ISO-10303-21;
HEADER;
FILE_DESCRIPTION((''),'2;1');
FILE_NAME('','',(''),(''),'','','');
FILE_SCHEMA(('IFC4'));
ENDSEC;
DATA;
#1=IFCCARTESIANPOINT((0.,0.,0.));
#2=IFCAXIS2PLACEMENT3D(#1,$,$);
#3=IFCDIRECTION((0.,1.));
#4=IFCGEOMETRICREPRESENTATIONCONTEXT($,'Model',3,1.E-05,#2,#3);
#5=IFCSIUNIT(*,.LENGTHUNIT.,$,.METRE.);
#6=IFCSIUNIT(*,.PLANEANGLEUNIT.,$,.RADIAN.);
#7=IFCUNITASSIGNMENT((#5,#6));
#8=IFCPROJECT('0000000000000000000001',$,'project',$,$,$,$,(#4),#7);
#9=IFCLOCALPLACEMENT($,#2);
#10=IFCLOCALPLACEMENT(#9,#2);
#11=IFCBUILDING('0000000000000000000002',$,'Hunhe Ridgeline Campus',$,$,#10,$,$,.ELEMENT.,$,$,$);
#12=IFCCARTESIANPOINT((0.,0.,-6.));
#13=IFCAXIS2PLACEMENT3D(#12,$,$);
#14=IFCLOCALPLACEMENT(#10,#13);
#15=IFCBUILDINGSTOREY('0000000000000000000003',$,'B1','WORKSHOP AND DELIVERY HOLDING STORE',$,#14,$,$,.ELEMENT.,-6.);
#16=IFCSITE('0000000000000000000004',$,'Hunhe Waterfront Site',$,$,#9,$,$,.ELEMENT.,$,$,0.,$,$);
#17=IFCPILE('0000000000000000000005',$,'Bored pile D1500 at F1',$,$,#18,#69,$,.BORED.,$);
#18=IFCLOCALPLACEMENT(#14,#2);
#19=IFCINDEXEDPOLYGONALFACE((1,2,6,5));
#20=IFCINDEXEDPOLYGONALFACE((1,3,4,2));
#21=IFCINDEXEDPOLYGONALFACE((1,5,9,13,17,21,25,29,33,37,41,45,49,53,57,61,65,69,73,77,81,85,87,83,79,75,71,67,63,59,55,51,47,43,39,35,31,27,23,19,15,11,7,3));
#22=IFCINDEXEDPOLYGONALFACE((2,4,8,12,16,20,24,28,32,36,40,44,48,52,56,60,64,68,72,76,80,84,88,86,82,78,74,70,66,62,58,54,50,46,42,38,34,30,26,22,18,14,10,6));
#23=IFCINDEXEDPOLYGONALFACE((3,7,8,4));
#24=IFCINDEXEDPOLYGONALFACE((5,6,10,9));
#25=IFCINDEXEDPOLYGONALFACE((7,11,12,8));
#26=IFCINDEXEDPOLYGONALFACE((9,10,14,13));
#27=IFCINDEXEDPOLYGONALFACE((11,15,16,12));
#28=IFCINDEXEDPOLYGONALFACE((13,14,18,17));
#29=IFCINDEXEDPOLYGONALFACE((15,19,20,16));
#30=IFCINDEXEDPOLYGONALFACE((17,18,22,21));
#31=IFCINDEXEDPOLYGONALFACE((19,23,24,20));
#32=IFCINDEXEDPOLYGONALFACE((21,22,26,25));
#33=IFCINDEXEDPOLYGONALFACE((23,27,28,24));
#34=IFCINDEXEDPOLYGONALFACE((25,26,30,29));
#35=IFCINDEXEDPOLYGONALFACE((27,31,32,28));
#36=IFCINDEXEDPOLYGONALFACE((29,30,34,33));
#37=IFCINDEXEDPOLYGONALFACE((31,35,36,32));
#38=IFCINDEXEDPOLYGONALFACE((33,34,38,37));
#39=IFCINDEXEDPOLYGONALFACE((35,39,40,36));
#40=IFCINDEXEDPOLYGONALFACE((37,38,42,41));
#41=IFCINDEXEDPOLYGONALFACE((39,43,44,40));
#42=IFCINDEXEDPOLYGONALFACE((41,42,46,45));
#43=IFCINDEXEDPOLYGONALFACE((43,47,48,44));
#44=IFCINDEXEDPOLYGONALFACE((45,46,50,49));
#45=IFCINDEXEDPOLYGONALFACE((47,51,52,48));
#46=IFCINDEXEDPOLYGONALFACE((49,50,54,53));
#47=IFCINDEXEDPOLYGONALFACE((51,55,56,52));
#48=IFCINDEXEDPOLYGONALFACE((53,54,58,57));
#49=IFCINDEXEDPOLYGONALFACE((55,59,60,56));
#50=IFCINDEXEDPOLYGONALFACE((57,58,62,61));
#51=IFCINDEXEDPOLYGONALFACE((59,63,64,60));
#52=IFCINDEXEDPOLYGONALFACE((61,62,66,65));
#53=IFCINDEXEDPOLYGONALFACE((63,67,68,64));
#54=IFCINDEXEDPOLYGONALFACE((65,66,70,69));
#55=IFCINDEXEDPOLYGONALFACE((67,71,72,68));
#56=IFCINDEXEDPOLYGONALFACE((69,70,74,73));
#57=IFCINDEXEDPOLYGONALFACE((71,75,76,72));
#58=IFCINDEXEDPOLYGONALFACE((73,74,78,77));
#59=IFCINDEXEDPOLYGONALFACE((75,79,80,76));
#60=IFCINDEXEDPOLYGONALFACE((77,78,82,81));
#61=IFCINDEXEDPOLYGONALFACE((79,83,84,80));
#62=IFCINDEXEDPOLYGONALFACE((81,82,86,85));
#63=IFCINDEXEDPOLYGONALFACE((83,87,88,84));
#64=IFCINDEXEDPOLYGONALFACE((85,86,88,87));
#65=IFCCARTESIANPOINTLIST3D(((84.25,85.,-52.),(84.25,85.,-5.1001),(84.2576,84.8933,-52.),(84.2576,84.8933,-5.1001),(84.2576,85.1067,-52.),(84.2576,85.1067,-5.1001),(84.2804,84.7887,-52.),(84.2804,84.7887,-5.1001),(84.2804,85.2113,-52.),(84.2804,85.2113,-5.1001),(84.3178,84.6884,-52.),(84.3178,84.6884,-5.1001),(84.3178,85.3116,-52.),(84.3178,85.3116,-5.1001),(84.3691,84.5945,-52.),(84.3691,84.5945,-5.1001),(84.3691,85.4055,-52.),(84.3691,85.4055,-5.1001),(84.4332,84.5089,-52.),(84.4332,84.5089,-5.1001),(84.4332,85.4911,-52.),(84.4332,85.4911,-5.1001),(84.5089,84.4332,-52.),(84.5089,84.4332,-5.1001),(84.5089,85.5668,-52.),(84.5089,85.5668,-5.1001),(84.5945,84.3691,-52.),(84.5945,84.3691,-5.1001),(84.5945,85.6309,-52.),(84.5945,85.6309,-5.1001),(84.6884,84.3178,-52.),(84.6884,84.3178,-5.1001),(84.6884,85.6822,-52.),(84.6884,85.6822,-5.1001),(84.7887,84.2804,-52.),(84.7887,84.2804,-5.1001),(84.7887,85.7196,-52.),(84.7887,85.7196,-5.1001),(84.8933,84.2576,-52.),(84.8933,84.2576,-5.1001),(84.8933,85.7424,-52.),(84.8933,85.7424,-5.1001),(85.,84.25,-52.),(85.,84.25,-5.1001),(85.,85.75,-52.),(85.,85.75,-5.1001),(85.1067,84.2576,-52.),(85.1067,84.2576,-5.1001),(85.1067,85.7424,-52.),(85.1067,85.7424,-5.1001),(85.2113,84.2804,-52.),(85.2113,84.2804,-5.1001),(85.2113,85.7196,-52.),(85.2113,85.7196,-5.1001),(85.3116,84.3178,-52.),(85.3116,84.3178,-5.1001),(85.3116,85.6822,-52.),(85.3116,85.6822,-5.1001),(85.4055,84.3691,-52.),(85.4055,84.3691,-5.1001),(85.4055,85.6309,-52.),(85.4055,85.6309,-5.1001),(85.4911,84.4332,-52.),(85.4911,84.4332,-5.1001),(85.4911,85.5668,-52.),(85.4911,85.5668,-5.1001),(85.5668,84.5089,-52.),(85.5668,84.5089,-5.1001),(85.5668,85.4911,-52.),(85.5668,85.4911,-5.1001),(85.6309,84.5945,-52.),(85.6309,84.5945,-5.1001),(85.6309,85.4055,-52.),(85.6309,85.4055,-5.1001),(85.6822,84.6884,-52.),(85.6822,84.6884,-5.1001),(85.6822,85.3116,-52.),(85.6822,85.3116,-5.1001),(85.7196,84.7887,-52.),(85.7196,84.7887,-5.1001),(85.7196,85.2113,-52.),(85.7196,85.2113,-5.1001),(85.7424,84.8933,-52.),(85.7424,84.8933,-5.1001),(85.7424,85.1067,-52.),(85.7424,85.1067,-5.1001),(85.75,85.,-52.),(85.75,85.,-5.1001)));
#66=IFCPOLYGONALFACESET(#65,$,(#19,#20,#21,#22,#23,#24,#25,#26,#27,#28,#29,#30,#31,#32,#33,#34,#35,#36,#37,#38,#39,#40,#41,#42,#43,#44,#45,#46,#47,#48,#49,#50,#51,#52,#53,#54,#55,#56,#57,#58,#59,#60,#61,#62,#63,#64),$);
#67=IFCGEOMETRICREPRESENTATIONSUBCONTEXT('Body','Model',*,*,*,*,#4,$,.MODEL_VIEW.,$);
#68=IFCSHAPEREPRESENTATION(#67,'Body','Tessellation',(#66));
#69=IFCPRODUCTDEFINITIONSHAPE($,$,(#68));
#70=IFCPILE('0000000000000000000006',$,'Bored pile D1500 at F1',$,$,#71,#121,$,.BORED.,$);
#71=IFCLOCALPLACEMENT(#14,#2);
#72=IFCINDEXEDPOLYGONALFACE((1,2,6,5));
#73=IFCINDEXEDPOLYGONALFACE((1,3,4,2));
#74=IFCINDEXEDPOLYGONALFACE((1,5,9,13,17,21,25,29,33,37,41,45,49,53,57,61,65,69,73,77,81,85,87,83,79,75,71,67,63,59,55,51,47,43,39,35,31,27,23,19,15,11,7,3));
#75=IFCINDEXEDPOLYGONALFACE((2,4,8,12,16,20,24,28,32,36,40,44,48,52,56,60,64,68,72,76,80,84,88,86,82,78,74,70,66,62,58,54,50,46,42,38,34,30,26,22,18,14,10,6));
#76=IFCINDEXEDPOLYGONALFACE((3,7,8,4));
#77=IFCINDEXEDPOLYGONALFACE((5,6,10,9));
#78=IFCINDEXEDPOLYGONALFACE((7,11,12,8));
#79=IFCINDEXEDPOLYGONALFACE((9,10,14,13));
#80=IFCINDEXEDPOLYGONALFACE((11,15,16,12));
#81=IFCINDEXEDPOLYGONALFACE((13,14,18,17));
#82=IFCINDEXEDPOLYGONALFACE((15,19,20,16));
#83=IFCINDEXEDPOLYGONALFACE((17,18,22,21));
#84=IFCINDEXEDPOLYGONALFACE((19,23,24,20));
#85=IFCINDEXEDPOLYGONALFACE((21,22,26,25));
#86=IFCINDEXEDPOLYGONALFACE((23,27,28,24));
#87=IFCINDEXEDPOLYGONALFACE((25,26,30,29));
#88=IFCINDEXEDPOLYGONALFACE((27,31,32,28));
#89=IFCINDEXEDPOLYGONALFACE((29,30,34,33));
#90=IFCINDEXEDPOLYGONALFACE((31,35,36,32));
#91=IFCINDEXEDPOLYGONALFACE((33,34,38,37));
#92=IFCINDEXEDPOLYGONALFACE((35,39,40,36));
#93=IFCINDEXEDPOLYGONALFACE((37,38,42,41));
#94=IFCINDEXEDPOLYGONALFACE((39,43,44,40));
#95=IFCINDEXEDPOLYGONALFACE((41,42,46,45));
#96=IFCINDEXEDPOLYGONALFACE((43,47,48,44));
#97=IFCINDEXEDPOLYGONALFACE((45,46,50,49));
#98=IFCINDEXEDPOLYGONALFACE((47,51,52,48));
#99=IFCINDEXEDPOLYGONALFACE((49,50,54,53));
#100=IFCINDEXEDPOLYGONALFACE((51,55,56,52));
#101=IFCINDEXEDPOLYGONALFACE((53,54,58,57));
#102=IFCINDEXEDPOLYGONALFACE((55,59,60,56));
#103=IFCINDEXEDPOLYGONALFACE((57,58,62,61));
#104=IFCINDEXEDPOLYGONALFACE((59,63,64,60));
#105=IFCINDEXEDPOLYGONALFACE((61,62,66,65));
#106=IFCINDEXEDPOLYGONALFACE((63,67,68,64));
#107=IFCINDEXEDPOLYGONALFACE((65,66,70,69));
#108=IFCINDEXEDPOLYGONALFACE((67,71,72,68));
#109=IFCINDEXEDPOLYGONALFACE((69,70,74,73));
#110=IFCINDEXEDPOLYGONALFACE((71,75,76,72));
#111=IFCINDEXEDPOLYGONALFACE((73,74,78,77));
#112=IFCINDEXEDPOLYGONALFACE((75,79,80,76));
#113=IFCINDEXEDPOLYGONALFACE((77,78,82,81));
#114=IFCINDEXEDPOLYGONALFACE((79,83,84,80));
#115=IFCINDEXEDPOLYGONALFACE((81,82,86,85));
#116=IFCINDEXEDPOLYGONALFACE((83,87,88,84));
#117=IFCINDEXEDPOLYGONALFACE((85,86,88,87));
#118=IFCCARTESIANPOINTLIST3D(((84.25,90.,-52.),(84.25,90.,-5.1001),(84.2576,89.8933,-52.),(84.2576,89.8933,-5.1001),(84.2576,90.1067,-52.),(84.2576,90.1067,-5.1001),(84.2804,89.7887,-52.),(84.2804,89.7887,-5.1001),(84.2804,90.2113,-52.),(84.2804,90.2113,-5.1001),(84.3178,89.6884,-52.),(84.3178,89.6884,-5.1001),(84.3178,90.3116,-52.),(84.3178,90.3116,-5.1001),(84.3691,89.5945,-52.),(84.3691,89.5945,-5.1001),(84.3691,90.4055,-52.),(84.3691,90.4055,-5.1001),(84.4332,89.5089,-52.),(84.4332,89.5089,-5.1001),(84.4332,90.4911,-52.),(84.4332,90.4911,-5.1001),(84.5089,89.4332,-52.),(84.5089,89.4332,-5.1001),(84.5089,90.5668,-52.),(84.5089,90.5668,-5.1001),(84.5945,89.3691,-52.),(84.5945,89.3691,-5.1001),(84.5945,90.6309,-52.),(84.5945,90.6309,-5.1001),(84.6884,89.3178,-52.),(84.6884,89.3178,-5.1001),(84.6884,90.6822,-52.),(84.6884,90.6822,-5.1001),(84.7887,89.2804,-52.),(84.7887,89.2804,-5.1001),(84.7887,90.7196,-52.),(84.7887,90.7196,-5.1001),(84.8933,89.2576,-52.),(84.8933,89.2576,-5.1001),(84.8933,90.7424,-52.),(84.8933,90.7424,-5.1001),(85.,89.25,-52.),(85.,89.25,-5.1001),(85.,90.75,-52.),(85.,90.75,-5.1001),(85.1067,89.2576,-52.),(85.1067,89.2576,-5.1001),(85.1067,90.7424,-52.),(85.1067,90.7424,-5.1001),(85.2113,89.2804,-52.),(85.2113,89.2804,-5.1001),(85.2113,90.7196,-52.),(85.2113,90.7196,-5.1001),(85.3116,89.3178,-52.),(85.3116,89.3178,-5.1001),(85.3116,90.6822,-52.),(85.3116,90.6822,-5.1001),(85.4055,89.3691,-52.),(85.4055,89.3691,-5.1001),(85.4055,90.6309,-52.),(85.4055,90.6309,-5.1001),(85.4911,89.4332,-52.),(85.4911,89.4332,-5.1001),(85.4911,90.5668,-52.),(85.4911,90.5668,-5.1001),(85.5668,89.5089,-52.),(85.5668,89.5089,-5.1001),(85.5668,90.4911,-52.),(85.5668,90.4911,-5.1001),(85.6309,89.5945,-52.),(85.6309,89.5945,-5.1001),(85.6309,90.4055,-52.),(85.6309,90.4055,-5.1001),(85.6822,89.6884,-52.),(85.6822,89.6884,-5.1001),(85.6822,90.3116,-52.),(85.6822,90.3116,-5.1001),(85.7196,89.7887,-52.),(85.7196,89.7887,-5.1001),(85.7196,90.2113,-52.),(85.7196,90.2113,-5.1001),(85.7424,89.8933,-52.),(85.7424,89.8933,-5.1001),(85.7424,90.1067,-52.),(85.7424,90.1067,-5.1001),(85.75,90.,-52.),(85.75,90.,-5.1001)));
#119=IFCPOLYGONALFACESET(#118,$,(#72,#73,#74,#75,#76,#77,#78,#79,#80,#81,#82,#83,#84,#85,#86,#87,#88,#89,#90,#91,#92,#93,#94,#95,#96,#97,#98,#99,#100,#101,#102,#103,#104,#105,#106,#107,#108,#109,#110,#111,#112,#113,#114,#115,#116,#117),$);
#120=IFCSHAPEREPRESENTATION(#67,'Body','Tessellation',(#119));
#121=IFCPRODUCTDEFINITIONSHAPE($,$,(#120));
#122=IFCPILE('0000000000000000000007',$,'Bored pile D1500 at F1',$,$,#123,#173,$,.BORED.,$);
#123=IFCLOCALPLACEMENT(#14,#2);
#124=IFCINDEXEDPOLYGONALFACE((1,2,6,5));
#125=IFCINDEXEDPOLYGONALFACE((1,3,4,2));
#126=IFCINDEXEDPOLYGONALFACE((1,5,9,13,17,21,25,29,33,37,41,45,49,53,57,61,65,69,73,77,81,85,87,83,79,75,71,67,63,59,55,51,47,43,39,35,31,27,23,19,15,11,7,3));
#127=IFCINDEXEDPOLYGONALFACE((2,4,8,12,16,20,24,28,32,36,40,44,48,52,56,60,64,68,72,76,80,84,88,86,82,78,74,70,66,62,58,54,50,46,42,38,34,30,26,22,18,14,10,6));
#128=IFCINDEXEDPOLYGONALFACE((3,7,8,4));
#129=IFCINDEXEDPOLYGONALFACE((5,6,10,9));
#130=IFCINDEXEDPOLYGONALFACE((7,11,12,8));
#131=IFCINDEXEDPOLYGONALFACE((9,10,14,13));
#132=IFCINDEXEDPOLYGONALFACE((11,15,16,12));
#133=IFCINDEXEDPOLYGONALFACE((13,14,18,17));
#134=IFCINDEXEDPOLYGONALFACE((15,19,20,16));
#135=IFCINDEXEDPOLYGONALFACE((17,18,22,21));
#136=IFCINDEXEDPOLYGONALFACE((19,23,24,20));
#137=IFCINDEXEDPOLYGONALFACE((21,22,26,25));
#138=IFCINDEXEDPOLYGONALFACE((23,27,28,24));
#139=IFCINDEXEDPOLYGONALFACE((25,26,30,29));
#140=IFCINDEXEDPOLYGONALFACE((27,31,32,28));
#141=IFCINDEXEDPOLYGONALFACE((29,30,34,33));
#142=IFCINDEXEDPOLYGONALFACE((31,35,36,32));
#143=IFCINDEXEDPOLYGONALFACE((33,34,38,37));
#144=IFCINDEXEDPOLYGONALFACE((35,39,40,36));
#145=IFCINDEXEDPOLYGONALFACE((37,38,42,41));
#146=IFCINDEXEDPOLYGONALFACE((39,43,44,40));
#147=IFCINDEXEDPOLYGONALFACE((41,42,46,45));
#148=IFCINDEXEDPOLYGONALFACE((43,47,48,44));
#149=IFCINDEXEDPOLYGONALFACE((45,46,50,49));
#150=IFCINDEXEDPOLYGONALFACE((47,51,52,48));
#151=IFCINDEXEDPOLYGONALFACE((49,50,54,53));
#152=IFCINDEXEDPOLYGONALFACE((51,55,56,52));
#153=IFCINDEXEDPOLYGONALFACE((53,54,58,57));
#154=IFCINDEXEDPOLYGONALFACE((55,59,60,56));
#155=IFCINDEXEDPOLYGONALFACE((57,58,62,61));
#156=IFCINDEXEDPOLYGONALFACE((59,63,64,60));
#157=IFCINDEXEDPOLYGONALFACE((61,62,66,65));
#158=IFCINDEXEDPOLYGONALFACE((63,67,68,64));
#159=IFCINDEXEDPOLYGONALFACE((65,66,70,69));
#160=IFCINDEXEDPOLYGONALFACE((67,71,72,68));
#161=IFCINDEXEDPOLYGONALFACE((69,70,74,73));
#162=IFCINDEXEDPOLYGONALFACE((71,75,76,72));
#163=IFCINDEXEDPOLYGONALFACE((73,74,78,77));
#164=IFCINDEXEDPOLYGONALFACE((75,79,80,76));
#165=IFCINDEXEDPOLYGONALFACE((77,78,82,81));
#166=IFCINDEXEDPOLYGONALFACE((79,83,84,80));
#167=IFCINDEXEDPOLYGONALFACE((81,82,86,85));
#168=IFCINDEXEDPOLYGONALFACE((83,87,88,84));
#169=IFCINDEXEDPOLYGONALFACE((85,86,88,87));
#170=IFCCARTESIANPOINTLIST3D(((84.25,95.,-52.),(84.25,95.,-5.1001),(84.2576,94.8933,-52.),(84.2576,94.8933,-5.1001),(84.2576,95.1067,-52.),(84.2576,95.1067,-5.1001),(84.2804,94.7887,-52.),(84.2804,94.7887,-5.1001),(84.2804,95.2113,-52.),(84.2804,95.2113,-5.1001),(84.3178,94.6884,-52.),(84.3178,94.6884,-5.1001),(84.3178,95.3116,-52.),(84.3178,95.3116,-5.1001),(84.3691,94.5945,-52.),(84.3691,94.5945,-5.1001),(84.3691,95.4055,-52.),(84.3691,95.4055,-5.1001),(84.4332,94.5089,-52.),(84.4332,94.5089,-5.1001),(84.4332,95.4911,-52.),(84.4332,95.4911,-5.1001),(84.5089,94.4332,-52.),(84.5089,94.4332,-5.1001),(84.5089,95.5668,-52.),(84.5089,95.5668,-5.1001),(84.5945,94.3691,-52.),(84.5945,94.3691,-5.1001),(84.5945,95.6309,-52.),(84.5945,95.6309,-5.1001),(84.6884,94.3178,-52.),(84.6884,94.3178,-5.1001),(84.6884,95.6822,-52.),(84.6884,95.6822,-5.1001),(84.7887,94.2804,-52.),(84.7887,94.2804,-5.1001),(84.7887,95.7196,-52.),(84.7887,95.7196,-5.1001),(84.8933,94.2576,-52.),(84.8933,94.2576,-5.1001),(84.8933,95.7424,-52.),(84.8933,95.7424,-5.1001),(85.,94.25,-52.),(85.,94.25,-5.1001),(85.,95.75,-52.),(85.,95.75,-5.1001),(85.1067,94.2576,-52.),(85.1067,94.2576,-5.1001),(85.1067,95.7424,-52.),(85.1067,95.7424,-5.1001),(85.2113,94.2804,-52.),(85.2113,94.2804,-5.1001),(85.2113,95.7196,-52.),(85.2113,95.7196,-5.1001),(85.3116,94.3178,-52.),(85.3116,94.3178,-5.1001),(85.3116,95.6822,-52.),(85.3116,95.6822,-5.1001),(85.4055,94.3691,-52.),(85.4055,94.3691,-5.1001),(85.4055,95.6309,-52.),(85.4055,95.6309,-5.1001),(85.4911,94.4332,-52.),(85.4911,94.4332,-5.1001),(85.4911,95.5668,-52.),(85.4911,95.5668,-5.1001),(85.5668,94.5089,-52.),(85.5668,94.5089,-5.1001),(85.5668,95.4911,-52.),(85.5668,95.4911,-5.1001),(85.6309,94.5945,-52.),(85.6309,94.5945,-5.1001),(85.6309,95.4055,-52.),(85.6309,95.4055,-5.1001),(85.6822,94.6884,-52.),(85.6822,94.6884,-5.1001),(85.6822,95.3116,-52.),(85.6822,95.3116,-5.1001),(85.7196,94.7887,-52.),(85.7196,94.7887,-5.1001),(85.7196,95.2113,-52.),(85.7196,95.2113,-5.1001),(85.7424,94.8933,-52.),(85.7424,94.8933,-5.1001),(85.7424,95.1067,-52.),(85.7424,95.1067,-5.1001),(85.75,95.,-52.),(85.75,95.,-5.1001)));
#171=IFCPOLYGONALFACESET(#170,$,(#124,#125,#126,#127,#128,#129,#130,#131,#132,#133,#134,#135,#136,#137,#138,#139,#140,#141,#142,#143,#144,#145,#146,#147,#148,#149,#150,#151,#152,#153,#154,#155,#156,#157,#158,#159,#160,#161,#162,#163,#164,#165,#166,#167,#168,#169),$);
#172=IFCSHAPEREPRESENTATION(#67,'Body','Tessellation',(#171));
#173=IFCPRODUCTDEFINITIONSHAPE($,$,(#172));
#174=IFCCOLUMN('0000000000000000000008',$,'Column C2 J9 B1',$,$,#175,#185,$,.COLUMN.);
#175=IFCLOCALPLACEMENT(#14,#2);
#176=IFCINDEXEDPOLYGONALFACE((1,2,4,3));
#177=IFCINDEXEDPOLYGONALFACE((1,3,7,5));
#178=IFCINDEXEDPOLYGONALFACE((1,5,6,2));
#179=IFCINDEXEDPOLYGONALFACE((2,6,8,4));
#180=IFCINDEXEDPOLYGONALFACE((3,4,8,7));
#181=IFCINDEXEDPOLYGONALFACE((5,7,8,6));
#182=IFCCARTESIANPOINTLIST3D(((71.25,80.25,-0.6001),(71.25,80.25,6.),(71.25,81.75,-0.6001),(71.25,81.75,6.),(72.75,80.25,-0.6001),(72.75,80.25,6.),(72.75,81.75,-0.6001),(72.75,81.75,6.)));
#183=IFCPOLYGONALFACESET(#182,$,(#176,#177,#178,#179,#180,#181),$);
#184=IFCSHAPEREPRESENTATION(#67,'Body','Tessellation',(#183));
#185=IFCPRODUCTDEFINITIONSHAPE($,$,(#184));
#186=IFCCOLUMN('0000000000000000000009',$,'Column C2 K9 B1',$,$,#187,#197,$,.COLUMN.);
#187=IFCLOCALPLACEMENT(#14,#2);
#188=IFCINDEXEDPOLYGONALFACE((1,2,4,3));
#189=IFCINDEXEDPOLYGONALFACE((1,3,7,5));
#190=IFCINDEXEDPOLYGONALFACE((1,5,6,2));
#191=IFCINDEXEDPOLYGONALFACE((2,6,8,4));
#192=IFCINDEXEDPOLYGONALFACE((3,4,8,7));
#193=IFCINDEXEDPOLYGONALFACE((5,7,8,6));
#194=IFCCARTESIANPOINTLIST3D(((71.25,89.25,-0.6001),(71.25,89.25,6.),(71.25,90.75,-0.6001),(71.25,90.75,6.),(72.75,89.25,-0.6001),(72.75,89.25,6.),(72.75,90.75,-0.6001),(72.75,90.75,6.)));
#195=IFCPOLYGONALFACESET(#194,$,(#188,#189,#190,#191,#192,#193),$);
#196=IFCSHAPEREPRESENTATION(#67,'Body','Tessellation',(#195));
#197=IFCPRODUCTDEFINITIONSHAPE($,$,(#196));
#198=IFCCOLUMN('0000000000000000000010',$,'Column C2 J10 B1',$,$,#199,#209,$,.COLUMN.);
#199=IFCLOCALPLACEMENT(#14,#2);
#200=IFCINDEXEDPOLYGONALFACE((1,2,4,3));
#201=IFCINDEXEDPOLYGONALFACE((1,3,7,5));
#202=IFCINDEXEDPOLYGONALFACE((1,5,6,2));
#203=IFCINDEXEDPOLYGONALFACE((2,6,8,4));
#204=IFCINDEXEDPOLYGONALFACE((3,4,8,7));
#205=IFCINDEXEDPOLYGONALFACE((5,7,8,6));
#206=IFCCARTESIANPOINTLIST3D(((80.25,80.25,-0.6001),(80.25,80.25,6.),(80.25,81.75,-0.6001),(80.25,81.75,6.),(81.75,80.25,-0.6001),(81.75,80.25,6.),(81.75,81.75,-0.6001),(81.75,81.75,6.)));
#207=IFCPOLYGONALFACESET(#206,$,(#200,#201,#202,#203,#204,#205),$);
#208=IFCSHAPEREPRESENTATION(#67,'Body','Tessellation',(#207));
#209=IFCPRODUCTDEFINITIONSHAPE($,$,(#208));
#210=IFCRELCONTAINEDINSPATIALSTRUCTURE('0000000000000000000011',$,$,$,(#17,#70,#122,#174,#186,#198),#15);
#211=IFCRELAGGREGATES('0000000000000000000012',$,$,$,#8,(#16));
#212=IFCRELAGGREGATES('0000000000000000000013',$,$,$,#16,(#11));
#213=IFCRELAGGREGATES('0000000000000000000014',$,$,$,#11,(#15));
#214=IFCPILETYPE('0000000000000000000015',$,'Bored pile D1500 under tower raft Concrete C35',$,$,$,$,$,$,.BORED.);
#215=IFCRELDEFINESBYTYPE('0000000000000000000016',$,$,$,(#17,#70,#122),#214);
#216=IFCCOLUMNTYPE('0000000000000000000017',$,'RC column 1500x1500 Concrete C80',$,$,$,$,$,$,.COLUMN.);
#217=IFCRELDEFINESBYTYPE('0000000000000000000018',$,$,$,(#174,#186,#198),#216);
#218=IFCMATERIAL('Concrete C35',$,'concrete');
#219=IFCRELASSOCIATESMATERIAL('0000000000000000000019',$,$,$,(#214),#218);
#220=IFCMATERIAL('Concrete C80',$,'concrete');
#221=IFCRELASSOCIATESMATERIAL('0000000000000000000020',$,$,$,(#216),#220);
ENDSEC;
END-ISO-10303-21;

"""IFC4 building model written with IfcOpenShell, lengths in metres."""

from ifc_helpers import new_model, si_unit, direction, frame, origin, origin_2d, place, context, subcontext, project, spatial, rectangle, circle, extrude, material, material_profile, profile_set, type_object, element, save


model = new_model("IFC4")

# Units and contexts
model_context = context("Model", 3, precision=1e-05, world=origin(), true_north=direction((0.0, 1.0)))
body_context = subcontext(model_context, "Body", "Model", "MODEL_VIEW")
ifc_project = project(units=[si_unit("LENGTHUNIT", "METRE"), si_unit("PLANEANGLEUNIT", "RADIAN")], contexts=[model_context])

# Site, building, storey
site_placement = place(None, origin())
site = spatial("IfcSite", under=ifc_project, at=site_placement, Name="Hunhe Waterfront Site", CompositionType="ELEMENT", RefElevation=0.0)
building_placement = place(site_placement, origin())
building = spatial("IfcBuilding", under=site, at=building_placement, Name="Hunhe Ridgeline Campus", CompositionType="ELEMENT")
storey_placement = place(building_placement, frame((0.0, 0.0, -6.0)))
storey = spatial("IfcBuildingStorey", under=building, at=storey_placement, Name="B1", Description="WORKSHOP AND DELIVERY HOLDING STORE", CompositionType="ELEMENT", Elevation=-6.0)

# Piles
ifc_material_1 = material(Name="Concrete C35", Category="concrete")
ifc_material_profile_1 = material_profile(ifc_material_1, circle(Radius=0.75, at=origin_2d()))
ifc_profile_set_1 = profile_set([ifc_material_profile_1], Name="Concrete C35")
pile_type = type_object("IfcPileType", Name="Bored pile D1500 under tower raft Concrete C35", PredefinedType="BORED", material=ifc_profile_set_1)
for number, where, z_axis, x_axis, name in (
    (1, (85.0, 85.0, -5.1001), (0.0, 0.0, -1.0), (1.0, 0.0, 0.0), "Bored pile D1500 at F1"),
    (2, (85.0, 90.0, -5.1001), (0.0, 0.0, -1.0), (1.0, 0.0, 0.0), "Bored pile D1500 at F1"),
    (3, (85.0, 95.0, -5.1001), (0.0, 0.0, -1.0), (1.0, 0.0, 0.0), "Bored pile D1500 at F1"),
):
    element("IfcPile", number, at=place(storey_placement, frame(where, z_axis=z_axis, x_axis=x_axis)), inside=storey, type_object=pile_type, Name=name, PredefinedType="BORED", context=body_context, shape_type="SweptSolid", body=[
        extrude(circle(Radius=0.75, at=origin_2d()), origin(), (0.0, 0.0, 1.0), 46.8999),
    ])

# Columns
ifc_material_2 = material(Name="Concrete C80", Category="concrete")
ifc_material_profile_2 = material_profile(ifc_material_2, rectangle(XDim=1.5, YDim=1.5, at=origin_2d()))
ifc_profile_set_2 = profile_set([ifc_material_profile_2], Name="Concrete C80")
column_type = type_object("IfcColumnType", Name="RC column 1500x1500 Concrete C80", PredefinedType="COLUMN", material=ifc_profile_set_2)
for number, where, z_axis, x_axis, name in (
    (4, (72.0, 81.0, -0.6001), (0.0, 0.0, 1.0), (1.0, 0.0, 0.0), "Column C2 J9 B1"),
    (5, (72.0, 90.0, -0.6001), (0.0, 0.0, 1.0), (1.0, 0.0, 0.0), "Column C2 K9 B1"),
    (6, (81.0, 81.0, -0.6001), (0.0, 0.0, 1.0), (1.0, 0.0, 0.0), "Column C2 J10 B1"),
):
    element("IfcColumn", number, at=place(storey_placement, frame(where, z_axis=z_axis, x_axis=x_axis)), inside=storey, type_object=column_type, Name=name, PredefinedType="COLUMN", context=body_context, shape_type="SweptSolid", body=[
        extrude(rectangle(XDim=1.5, YDim=1.5, at=origin_2d()), origin(), (0.0, 0.0, 1.0), 6.6001),
    ])

save(model, "model.ifc")
